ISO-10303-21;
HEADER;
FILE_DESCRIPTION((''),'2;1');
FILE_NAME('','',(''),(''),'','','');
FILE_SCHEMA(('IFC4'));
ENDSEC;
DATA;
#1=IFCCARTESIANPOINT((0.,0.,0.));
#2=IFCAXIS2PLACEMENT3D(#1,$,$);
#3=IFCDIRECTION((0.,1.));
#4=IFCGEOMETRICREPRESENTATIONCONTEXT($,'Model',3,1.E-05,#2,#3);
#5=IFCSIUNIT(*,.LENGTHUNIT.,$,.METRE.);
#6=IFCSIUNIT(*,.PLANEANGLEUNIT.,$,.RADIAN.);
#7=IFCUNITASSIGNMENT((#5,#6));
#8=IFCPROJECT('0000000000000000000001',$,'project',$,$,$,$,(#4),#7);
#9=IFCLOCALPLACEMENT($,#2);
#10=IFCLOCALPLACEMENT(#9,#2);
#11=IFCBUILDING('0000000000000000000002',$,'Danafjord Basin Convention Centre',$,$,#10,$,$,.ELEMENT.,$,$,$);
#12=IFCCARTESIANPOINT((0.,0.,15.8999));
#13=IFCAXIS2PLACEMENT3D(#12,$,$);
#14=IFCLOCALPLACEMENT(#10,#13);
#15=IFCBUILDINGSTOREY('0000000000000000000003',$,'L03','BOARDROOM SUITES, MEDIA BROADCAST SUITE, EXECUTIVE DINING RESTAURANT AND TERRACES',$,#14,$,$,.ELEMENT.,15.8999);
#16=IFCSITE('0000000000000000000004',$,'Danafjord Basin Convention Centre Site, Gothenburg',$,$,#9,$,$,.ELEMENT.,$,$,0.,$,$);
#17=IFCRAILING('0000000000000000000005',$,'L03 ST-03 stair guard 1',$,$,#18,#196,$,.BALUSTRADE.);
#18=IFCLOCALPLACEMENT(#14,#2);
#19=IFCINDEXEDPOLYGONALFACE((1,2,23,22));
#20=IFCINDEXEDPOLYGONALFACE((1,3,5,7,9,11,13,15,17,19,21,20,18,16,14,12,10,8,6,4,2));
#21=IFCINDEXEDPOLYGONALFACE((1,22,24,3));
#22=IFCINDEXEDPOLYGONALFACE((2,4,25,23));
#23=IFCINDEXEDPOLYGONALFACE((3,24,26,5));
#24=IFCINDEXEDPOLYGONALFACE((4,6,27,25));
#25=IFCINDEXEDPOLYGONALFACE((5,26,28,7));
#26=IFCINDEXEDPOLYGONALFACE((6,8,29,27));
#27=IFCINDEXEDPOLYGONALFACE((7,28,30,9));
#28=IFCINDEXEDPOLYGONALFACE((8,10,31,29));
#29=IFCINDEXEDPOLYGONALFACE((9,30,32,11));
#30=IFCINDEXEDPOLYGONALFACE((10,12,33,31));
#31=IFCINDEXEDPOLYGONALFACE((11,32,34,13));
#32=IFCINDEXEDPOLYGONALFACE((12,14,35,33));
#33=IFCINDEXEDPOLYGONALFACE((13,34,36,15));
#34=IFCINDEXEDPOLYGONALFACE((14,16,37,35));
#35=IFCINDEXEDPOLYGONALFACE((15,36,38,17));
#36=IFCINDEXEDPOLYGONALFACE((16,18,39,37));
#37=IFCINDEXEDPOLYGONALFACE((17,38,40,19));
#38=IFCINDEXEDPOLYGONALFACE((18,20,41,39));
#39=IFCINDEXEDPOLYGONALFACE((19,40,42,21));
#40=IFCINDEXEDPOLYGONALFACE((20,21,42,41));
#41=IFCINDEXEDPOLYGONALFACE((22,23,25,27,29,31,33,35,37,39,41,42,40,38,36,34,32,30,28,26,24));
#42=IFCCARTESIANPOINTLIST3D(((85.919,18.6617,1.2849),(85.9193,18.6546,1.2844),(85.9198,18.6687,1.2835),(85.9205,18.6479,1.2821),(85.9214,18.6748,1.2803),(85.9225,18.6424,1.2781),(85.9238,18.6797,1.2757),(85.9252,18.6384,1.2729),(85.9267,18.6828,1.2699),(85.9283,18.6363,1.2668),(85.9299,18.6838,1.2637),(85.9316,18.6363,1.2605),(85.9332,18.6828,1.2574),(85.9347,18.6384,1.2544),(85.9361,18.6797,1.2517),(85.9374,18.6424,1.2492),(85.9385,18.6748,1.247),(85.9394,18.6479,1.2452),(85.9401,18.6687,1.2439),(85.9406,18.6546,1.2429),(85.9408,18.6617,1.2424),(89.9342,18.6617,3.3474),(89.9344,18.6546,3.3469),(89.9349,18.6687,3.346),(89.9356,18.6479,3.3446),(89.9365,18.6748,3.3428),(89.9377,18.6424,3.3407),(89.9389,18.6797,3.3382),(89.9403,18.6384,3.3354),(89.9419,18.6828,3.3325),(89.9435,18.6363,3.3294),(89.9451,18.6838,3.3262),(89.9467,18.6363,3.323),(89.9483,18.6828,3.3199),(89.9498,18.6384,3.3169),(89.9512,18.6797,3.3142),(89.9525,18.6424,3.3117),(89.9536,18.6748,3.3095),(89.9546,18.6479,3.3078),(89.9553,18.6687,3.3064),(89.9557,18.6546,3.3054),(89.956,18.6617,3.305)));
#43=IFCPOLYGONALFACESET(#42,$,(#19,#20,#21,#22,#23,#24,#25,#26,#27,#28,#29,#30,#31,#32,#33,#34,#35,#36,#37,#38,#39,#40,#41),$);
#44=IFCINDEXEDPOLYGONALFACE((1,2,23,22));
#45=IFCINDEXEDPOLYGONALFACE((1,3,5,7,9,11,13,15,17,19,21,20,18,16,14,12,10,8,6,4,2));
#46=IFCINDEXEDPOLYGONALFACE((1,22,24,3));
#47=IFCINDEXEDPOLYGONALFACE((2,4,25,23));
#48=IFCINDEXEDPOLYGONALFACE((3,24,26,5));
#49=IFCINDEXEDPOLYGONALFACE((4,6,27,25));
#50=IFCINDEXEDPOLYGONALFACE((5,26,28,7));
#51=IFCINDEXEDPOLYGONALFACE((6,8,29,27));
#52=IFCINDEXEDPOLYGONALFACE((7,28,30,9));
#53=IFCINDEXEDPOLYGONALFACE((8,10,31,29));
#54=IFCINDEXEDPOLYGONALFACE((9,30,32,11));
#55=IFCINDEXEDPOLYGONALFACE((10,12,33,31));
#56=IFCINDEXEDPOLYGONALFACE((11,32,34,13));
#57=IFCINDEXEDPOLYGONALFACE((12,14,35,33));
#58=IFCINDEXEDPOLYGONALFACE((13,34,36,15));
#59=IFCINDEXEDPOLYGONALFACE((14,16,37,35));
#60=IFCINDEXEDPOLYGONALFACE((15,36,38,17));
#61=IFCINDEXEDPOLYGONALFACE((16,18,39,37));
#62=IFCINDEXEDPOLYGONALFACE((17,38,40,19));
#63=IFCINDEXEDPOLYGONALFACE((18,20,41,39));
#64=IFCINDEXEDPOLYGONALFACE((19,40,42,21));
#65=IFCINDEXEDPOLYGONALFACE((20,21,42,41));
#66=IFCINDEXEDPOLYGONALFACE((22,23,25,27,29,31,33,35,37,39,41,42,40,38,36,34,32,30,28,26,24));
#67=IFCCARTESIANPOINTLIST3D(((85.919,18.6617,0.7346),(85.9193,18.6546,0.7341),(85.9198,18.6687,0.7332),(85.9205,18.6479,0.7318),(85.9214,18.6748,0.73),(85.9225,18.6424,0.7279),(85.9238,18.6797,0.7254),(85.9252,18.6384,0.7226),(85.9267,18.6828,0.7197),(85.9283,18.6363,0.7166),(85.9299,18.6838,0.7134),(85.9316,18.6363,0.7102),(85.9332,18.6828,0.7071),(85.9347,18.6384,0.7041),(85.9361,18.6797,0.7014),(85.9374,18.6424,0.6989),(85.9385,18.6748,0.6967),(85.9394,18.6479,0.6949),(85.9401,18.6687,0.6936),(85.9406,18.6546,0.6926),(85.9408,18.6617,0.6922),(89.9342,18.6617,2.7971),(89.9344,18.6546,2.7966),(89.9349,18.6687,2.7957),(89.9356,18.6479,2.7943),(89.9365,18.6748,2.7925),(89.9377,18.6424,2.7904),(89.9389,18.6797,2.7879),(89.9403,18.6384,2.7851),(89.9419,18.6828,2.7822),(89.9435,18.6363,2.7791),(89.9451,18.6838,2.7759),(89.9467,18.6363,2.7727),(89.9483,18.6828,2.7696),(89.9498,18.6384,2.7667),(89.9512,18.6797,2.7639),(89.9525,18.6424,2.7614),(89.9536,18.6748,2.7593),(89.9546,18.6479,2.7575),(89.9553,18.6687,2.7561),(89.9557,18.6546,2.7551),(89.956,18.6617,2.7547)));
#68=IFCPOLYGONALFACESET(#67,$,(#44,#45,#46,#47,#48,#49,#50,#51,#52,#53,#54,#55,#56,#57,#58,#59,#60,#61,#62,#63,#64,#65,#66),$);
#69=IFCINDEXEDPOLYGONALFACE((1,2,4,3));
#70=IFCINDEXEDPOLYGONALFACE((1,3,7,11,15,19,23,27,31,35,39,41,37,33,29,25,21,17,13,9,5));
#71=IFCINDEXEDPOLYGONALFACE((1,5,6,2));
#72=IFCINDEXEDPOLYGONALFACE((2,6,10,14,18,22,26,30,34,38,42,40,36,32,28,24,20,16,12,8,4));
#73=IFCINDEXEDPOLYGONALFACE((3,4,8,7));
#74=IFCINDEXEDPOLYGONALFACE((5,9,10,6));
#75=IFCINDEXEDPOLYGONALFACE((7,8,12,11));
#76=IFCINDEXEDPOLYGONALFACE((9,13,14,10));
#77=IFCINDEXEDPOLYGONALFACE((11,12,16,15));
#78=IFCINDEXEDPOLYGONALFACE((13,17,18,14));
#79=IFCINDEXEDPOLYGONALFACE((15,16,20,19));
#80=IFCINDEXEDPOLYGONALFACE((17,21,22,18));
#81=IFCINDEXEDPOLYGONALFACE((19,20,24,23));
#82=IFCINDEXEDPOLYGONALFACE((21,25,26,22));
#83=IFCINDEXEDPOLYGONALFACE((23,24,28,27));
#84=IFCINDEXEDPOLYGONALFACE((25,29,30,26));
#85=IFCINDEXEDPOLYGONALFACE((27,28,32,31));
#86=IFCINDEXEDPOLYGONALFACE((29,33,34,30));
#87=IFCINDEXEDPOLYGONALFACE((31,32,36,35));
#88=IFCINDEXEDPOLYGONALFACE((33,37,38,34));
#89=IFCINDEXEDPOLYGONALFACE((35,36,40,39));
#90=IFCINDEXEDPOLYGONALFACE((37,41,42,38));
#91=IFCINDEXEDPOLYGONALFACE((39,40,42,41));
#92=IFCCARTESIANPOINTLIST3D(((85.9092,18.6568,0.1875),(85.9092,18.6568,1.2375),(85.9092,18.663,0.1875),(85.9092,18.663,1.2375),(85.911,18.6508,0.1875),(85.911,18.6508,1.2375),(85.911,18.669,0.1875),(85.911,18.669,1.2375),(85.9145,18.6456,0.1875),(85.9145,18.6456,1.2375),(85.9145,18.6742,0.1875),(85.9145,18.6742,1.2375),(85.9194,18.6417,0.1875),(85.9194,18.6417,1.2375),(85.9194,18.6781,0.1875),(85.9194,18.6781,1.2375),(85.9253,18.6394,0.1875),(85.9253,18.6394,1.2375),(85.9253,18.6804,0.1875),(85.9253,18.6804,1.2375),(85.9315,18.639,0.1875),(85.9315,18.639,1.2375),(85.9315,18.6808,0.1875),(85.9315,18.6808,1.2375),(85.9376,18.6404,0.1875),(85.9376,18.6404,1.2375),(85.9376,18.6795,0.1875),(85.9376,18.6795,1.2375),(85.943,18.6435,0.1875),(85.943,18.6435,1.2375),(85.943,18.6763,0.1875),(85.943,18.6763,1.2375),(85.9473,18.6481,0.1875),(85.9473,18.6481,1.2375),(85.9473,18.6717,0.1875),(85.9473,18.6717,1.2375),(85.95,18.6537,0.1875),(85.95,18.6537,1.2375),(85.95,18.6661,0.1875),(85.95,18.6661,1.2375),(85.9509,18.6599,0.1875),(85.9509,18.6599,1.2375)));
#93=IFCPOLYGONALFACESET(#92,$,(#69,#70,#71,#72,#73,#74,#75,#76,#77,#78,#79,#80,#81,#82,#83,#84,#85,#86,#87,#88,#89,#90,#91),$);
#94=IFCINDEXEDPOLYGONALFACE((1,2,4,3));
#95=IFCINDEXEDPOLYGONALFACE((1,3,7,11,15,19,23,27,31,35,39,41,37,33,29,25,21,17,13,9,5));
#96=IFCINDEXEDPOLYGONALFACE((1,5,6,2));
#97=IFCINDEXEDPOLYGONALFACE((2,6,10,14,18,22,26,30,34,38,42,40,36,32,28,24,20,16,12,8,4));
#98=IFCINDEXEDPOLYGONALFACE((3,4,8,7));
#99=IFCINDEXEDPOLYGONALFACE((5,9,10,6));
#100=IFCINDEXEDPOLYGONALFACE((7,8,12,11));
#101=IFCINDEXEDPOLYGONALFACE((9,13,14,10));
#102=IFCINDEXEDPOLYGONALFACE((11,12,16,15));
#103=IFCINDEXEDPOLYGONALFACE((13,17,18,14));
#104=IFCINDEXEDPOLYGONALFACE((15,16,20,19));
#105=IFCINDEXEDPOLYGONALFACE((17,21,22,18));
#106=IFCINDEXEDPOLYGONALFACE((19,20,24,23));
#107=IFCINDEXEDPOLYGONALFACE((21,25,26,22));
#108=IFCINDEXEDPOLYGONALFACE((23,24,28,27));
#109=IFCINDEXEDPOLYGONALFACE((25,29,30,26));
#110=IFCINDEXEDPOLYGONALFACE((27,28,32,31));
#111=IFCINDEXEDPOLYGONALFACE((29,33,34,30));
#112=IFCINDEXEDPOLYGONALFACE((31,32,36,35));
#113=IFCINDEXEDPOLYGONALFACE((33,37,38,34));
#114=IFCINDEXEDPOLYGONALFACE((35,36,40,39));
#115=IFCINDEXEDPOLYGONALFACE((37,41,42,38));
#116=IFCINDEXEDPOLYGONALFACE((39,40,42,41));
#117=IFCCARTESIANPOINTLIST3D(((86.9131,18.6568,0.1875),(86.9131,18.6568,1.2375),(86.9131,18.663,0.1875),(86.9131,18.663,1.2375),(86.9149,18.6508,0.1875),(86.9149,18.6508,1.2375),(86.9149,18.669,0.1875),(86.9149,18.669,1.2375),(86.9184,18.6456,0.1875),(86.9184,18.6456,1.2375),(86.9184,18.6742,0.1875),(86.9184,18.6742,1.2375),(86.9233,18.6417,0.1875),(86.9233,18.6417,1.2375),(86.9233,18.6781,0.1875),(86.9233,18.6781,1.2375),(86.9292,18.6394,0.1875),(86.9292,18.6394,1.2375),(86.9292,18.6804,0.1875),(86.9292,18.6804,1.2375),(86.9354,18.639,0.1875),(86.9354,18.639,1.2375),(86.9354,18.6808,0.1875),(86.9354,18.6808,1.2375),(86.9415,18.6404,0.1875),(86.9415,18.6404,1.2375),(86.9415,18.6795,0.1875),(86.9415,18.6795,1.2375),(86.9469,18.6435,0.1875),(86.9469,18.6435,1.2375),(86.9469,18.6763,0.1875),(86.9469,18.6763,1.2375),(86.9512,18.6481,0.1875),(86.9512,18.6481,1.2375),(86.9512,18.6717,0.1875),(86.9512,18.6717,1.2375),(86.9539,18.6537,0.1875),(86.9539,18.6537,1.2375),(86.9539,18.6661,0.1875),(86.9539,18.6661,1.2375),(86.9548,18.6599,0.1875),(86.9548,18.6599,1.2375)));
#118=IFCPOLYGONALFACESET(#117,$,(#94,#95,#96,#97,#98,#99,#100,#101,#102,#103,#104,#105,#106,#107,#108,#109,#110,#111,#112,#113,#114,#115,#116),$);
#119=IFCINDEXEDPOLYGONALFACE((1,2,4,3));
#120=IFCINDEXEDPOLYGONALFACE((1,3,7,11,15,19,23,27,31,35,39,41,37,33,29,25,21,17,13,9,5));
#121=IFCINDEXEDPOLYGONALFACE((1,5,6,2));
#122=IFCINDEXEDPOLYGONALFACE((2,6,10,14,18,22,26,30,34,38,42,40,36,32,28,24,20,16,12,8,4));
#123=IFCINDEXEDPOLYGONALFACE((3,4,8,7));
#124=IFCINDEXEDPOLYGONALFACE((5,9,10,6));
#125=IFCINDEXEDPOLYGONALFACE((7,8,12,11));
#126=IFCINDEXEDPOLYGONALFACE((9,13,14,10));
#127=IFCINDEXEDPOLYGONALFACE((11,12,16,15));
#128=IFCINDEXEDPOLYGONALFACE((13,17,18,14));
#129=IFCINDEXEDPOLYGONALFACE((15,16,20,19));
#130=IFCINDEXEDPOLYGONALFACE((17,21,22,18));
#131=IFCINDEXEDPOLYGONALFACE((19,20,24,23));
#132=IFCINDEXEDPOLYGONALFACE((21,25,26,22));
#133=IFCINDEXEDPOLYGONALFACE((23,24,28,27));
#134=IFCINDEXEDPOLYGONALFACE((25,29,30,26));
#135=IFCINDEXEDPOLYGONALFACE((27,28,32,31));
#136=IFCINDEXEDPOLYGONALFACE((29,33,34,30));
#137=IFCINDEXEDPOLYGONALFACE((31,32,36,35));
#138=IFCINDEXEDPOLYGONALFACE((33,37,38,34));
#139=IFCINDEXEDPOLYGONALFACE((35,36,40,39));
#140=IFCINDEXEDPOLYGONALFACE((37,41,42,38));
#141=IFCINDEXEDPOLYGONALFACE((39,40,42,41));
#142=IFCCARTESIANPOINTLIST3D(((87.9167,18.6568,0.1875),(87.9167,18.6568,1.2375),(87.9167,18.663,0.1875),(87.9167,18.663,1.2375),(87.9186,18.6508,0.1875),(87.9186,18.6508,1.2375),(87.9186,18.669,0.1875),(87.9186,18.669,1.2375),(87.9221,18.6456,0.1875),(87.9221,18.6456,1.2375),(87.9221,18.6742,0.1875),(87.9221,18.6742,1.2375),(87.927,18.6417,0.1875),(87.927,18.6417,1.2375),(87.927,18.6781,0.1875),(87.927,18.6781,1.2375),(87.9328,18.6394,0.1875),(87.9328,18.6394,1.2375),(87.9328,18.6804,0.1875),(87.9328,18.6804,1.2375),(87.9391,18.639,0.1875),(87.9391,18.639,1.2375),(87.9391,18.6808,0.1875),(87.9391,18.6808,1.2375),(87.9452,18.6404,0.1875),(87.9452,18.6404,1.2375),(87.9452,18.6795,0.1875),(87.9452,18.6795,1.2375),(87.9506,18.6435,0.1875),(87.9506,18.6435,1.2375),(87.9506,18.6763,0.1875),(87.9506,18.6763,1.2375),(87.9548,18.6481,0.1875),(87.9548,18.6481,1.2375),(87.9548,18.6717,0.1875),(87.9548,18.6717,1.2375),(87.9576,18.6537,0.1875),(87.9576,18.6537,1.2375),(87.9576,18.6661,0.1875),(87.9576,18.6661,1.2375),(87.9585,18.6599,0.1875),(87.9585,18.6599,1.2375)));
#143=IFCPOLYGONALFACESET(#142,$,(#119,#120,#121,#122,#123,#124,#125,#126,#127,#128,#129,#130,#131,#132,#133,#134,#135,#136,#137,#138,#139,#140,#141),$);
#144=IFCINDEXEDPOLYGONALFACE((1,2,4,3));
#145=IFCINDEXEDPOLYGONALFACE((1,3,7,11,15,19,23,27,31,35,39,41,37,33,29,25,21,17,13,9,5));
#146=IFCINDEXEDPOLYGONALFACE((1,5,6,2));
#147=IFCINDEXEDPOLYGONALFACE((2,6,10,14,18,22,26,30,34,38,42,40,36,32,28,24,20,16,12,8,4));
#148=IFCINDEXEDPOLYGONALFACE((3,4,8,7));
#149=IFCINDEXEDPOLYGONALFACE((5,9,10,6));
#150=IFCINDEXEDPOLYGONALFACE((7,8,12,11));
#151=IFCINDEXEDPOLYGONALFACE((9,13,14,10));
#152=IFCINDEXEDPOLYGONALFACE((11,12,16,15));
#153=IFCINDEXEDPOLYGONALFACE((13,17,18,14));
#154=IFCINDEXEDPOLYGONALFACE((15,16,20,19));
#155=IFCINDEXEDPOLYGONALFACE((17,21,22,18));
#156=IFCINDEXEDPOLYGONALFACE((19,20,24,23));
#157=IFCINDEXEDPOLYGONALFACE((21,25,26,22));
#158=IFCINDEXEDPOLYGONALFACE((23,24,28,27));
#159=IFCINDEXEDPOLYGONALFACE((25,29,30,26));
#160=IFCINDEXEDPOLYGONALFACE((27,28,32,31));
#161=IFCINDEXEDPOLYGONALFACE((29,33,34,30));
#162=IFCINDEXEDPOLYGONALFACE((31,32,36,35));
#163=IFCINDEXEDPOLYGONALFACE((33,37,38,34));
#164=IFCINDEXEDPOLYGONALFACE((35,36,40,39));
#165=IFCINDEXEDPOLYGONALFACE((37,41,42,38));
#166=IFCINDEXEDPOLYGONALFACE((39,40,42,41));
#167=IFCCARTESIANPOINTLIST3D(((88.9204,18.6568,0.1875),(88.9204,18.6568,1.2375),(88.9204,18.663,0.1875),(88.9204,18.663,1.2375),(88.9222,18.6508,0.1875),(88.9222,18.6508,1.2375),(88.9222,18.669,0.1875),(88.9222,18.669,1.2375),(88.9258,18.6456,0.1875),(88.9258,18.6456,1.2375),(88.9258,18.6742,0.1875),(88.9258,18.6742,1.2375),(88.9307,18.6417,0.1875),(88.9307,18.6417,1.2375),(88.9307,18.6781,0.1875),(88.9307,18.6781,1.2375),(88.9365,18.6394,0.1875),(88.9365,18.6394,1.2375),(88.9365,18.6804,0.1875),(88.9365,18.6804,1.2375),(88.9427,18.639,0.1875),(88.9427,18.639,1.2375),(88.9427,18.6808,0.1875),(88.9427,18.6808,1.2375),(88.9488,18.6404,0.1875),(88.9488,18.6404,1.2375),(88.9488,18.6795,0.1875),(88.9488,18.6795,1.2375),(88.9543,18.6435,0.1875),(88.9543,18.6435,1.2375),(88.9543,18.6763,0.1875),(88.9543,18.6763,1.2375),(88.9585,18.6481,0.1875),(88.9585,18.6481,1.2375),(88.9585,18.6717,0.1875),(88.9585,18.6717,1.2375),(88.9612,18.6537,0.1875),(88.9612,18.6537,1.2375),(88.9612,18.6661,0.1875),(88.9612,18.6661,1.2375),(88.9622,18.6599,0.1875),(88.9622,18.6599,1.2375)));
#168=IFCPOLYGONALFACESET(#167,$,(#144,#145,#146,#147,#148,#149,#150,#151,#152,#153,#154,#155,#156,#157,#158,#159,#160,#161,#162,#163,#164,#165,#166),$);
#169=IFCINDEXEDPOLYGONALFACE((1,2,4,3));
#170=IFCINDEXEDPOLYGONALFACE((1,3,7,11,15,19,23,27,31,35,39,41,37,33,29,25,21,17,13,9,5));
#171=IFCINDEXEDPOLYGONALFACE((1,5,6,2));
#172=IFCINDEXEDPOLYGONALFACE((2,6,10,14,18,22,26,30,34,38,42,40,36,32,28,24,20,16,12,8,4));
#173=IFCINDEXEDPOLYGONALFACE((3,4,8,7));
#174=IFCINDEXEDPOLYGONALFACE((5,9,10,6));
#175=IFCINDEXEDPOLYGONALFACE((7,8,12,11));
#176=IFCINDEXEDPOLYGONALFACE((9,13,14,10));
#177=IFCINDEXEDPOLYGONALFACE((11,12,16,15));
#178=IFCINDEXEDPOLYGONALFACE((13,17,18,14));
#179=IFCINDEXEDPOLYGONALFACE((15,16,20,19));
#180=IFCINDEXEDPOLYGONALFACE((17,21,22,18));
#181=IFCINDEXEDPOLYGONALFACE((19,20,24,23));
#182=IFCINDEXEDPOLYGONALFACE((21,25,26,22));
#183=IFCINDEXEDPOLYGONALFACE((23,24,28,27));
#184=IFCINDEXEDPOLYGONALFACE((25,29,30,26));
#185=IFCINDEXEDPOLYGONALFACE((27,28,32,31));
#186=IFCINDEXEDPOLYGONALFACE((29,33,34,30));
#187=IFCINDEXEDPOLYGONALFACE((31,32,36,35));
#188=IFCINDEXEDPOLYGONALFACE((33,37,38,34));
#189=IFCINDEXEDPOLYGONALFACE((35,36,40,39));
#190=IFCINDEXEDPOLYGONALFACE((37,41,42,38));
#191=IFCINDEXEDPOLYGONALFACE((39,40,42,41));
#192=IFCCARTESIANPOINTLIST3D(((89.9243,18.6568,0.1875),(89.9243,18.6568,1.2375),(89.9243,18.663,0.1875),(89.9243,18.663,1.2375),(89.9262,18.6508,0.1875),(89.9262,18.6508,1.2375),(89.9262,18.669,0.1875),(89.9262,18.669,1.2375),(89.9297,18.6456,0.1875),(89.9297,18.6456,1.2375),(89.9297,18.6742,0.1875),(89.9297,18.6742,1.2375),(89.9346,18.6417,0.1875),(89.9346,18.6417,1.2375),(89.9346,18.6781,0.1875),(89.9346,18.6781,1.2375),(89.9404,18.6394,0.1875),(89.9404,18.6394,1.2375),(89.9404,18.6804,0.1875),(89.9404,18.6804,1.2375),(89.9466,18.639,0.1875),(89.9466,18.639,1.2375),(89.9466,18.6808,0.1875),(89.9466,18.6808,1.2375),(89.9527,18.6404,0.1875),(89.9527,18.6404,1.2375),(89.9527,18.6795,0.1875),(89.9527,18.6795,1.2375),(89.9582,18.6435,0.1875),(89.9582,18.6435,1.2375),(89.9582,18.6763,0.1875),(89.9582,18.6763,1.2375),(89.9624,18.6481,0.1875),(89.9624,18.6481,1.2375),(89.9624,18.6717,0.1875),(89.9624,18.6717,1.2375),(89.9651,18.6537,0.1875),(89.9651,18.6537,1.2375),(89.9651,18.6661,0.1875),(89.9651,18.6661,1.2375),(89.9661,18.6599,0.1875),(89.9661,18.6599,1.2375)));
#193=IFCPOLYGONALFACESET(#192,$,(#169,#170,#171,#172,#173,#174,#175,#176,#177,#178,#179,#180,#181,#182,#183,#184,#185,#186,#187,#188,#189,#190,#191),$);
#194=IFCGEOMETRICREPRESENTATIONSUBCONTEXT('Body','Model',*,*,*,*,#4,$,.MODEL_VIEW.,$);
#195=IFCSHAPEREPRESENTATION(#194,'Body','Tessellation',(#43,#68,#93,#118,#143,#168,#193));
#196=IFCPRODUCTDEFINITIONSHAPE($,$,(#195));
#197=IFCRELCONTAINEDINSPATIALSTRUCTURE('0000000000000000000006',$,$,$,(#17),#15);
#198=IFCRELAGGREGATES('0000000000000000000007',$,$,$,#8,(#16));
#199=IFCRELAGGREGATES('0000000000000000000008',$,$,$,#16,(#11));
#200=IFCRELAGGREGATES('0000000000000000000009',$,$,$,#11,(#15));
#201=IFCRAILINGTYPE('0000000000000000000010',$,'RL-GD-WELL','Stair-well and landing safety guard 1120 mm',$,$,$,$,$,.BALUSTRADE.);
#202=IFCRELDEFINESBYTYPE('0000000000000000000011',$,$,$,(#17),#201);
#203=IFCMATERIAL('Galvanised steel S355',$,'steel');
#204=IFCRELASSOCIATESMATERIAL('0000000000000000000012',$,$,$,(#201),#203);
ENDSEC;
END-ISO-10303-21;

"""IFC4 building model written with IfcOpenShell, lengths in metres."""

from ifc_helpers import new_model, si_unit, direction, frame, origin, origin_2d, place, context, subcontext, project, spatial, circle, extrude, material, type_object, element, save


model = new_model("IFC4")

# Units and contexts
model_context = context("Model", 3, precision=1e-05, world=origin(), true_north=direction((0.0, 1.0)))
body_context = subcontext(model_context, "Body", "Model", "MODEL_VIEW")
ifc_project = project(units=[si_unit("LENGTHUNIT", "METRE"), si_unit("PLANEANGLEUNIT", "RADIAN")], contexts=[model_context])

# Site, building, storey
site_placement = place(None, origin())
site = spatial("IfcSite", under=ifc_project, at=site_placement, Name="Danafjord Basin Convention Centre Site, Gothenburg", CompositionType="ELEMENT", RefElevation=0.0)
building_placement = place(site_placement, origin())
building = spatial("IfcBuilding", under=site, at=building_placement, Name="Danafjord Basin Convention Centre", CompositionType="ELEMENT")
storey_placement = place(building_placement, frame((0.0, 0.0, 15.8999)))
storey = spatial("IfcBuildingStorey", under=building, at=storey_placement, Name="L03", Description="BOARDROOM SUITES, MEDIA BROADCAST SUITE, EXECUTIVE DINING RESTAURANT AND TERRACES", CompositionType="ELEMENT", Elevation=15.8999)

# Railing
ifc_material_1 = material(Name="Galvanised steel S355", Category="steel")
railing_type_1 = type_object("IfcRailingType", Name="RL-GD-WELL", Description="Stair-well and landing safety guard 1120 mm", PredefinedType="BALUSTRADE", material=ifc_material_1)
railing_1_placement = place(storey_placement, frame((85.9299, 18.6599, 0.1875)))
element("IfcRailing", 1, at=railing_1_placement, inside=storey, type_object=railing_type_1, Name="L03 ST-03 stair guard 1", PredefinedType="BALUSTRADE", context=body_context, shape_type="SweptSolid", body=[
    extrude(circle(Radius=0.0239, at=origin_2d()), frame((0.0, 0.0, 1.0762), z_axis=(0.889506, 0.0, 0.456923), x_axis=(0.0, 1.0, 0.0)), (0.0, 0.0, 1.0), 4.5139),
    extrude(circle(Radius=0.0239, at=origin_2d()), frame((0.0, 0.0, 0.5259), z_axis=(0.889506, 0.0, 0.456923), x_axis=(0.0, 1.0, 0.0)), (0.0, 0.0, 1.0), 4.5139),
    extrude(circle(Radius=0.021, at=origin_2d()), origin(), (0.0, 0.0, 1.0), 1.05),
    extrude(circle(Radius=0.021, at=origin_2d()), frame((1.0039, 0.0, 0.0)), (0.0, 0.0, 1.0), 1.05),
    extrude(circle(Radius=0.021, at=origin_2d()), frame((2.0076, 0.0, 0.0)), (0.0, 0.0, 1.0), 1.05),
    extrude(circle(Radius=0.021, at=origin_2d()), frame((3.0112, 0.0, 0.0)), (0.0, 0.0, 1.0), 1.05),
    extrude(circle(Radius=0.021, at=origin_2d()), frame((4.0151, 0.0, 0.0)), (0.0, 0.0, 1.0), 1.05),
])

save(model, "model.ifc")
